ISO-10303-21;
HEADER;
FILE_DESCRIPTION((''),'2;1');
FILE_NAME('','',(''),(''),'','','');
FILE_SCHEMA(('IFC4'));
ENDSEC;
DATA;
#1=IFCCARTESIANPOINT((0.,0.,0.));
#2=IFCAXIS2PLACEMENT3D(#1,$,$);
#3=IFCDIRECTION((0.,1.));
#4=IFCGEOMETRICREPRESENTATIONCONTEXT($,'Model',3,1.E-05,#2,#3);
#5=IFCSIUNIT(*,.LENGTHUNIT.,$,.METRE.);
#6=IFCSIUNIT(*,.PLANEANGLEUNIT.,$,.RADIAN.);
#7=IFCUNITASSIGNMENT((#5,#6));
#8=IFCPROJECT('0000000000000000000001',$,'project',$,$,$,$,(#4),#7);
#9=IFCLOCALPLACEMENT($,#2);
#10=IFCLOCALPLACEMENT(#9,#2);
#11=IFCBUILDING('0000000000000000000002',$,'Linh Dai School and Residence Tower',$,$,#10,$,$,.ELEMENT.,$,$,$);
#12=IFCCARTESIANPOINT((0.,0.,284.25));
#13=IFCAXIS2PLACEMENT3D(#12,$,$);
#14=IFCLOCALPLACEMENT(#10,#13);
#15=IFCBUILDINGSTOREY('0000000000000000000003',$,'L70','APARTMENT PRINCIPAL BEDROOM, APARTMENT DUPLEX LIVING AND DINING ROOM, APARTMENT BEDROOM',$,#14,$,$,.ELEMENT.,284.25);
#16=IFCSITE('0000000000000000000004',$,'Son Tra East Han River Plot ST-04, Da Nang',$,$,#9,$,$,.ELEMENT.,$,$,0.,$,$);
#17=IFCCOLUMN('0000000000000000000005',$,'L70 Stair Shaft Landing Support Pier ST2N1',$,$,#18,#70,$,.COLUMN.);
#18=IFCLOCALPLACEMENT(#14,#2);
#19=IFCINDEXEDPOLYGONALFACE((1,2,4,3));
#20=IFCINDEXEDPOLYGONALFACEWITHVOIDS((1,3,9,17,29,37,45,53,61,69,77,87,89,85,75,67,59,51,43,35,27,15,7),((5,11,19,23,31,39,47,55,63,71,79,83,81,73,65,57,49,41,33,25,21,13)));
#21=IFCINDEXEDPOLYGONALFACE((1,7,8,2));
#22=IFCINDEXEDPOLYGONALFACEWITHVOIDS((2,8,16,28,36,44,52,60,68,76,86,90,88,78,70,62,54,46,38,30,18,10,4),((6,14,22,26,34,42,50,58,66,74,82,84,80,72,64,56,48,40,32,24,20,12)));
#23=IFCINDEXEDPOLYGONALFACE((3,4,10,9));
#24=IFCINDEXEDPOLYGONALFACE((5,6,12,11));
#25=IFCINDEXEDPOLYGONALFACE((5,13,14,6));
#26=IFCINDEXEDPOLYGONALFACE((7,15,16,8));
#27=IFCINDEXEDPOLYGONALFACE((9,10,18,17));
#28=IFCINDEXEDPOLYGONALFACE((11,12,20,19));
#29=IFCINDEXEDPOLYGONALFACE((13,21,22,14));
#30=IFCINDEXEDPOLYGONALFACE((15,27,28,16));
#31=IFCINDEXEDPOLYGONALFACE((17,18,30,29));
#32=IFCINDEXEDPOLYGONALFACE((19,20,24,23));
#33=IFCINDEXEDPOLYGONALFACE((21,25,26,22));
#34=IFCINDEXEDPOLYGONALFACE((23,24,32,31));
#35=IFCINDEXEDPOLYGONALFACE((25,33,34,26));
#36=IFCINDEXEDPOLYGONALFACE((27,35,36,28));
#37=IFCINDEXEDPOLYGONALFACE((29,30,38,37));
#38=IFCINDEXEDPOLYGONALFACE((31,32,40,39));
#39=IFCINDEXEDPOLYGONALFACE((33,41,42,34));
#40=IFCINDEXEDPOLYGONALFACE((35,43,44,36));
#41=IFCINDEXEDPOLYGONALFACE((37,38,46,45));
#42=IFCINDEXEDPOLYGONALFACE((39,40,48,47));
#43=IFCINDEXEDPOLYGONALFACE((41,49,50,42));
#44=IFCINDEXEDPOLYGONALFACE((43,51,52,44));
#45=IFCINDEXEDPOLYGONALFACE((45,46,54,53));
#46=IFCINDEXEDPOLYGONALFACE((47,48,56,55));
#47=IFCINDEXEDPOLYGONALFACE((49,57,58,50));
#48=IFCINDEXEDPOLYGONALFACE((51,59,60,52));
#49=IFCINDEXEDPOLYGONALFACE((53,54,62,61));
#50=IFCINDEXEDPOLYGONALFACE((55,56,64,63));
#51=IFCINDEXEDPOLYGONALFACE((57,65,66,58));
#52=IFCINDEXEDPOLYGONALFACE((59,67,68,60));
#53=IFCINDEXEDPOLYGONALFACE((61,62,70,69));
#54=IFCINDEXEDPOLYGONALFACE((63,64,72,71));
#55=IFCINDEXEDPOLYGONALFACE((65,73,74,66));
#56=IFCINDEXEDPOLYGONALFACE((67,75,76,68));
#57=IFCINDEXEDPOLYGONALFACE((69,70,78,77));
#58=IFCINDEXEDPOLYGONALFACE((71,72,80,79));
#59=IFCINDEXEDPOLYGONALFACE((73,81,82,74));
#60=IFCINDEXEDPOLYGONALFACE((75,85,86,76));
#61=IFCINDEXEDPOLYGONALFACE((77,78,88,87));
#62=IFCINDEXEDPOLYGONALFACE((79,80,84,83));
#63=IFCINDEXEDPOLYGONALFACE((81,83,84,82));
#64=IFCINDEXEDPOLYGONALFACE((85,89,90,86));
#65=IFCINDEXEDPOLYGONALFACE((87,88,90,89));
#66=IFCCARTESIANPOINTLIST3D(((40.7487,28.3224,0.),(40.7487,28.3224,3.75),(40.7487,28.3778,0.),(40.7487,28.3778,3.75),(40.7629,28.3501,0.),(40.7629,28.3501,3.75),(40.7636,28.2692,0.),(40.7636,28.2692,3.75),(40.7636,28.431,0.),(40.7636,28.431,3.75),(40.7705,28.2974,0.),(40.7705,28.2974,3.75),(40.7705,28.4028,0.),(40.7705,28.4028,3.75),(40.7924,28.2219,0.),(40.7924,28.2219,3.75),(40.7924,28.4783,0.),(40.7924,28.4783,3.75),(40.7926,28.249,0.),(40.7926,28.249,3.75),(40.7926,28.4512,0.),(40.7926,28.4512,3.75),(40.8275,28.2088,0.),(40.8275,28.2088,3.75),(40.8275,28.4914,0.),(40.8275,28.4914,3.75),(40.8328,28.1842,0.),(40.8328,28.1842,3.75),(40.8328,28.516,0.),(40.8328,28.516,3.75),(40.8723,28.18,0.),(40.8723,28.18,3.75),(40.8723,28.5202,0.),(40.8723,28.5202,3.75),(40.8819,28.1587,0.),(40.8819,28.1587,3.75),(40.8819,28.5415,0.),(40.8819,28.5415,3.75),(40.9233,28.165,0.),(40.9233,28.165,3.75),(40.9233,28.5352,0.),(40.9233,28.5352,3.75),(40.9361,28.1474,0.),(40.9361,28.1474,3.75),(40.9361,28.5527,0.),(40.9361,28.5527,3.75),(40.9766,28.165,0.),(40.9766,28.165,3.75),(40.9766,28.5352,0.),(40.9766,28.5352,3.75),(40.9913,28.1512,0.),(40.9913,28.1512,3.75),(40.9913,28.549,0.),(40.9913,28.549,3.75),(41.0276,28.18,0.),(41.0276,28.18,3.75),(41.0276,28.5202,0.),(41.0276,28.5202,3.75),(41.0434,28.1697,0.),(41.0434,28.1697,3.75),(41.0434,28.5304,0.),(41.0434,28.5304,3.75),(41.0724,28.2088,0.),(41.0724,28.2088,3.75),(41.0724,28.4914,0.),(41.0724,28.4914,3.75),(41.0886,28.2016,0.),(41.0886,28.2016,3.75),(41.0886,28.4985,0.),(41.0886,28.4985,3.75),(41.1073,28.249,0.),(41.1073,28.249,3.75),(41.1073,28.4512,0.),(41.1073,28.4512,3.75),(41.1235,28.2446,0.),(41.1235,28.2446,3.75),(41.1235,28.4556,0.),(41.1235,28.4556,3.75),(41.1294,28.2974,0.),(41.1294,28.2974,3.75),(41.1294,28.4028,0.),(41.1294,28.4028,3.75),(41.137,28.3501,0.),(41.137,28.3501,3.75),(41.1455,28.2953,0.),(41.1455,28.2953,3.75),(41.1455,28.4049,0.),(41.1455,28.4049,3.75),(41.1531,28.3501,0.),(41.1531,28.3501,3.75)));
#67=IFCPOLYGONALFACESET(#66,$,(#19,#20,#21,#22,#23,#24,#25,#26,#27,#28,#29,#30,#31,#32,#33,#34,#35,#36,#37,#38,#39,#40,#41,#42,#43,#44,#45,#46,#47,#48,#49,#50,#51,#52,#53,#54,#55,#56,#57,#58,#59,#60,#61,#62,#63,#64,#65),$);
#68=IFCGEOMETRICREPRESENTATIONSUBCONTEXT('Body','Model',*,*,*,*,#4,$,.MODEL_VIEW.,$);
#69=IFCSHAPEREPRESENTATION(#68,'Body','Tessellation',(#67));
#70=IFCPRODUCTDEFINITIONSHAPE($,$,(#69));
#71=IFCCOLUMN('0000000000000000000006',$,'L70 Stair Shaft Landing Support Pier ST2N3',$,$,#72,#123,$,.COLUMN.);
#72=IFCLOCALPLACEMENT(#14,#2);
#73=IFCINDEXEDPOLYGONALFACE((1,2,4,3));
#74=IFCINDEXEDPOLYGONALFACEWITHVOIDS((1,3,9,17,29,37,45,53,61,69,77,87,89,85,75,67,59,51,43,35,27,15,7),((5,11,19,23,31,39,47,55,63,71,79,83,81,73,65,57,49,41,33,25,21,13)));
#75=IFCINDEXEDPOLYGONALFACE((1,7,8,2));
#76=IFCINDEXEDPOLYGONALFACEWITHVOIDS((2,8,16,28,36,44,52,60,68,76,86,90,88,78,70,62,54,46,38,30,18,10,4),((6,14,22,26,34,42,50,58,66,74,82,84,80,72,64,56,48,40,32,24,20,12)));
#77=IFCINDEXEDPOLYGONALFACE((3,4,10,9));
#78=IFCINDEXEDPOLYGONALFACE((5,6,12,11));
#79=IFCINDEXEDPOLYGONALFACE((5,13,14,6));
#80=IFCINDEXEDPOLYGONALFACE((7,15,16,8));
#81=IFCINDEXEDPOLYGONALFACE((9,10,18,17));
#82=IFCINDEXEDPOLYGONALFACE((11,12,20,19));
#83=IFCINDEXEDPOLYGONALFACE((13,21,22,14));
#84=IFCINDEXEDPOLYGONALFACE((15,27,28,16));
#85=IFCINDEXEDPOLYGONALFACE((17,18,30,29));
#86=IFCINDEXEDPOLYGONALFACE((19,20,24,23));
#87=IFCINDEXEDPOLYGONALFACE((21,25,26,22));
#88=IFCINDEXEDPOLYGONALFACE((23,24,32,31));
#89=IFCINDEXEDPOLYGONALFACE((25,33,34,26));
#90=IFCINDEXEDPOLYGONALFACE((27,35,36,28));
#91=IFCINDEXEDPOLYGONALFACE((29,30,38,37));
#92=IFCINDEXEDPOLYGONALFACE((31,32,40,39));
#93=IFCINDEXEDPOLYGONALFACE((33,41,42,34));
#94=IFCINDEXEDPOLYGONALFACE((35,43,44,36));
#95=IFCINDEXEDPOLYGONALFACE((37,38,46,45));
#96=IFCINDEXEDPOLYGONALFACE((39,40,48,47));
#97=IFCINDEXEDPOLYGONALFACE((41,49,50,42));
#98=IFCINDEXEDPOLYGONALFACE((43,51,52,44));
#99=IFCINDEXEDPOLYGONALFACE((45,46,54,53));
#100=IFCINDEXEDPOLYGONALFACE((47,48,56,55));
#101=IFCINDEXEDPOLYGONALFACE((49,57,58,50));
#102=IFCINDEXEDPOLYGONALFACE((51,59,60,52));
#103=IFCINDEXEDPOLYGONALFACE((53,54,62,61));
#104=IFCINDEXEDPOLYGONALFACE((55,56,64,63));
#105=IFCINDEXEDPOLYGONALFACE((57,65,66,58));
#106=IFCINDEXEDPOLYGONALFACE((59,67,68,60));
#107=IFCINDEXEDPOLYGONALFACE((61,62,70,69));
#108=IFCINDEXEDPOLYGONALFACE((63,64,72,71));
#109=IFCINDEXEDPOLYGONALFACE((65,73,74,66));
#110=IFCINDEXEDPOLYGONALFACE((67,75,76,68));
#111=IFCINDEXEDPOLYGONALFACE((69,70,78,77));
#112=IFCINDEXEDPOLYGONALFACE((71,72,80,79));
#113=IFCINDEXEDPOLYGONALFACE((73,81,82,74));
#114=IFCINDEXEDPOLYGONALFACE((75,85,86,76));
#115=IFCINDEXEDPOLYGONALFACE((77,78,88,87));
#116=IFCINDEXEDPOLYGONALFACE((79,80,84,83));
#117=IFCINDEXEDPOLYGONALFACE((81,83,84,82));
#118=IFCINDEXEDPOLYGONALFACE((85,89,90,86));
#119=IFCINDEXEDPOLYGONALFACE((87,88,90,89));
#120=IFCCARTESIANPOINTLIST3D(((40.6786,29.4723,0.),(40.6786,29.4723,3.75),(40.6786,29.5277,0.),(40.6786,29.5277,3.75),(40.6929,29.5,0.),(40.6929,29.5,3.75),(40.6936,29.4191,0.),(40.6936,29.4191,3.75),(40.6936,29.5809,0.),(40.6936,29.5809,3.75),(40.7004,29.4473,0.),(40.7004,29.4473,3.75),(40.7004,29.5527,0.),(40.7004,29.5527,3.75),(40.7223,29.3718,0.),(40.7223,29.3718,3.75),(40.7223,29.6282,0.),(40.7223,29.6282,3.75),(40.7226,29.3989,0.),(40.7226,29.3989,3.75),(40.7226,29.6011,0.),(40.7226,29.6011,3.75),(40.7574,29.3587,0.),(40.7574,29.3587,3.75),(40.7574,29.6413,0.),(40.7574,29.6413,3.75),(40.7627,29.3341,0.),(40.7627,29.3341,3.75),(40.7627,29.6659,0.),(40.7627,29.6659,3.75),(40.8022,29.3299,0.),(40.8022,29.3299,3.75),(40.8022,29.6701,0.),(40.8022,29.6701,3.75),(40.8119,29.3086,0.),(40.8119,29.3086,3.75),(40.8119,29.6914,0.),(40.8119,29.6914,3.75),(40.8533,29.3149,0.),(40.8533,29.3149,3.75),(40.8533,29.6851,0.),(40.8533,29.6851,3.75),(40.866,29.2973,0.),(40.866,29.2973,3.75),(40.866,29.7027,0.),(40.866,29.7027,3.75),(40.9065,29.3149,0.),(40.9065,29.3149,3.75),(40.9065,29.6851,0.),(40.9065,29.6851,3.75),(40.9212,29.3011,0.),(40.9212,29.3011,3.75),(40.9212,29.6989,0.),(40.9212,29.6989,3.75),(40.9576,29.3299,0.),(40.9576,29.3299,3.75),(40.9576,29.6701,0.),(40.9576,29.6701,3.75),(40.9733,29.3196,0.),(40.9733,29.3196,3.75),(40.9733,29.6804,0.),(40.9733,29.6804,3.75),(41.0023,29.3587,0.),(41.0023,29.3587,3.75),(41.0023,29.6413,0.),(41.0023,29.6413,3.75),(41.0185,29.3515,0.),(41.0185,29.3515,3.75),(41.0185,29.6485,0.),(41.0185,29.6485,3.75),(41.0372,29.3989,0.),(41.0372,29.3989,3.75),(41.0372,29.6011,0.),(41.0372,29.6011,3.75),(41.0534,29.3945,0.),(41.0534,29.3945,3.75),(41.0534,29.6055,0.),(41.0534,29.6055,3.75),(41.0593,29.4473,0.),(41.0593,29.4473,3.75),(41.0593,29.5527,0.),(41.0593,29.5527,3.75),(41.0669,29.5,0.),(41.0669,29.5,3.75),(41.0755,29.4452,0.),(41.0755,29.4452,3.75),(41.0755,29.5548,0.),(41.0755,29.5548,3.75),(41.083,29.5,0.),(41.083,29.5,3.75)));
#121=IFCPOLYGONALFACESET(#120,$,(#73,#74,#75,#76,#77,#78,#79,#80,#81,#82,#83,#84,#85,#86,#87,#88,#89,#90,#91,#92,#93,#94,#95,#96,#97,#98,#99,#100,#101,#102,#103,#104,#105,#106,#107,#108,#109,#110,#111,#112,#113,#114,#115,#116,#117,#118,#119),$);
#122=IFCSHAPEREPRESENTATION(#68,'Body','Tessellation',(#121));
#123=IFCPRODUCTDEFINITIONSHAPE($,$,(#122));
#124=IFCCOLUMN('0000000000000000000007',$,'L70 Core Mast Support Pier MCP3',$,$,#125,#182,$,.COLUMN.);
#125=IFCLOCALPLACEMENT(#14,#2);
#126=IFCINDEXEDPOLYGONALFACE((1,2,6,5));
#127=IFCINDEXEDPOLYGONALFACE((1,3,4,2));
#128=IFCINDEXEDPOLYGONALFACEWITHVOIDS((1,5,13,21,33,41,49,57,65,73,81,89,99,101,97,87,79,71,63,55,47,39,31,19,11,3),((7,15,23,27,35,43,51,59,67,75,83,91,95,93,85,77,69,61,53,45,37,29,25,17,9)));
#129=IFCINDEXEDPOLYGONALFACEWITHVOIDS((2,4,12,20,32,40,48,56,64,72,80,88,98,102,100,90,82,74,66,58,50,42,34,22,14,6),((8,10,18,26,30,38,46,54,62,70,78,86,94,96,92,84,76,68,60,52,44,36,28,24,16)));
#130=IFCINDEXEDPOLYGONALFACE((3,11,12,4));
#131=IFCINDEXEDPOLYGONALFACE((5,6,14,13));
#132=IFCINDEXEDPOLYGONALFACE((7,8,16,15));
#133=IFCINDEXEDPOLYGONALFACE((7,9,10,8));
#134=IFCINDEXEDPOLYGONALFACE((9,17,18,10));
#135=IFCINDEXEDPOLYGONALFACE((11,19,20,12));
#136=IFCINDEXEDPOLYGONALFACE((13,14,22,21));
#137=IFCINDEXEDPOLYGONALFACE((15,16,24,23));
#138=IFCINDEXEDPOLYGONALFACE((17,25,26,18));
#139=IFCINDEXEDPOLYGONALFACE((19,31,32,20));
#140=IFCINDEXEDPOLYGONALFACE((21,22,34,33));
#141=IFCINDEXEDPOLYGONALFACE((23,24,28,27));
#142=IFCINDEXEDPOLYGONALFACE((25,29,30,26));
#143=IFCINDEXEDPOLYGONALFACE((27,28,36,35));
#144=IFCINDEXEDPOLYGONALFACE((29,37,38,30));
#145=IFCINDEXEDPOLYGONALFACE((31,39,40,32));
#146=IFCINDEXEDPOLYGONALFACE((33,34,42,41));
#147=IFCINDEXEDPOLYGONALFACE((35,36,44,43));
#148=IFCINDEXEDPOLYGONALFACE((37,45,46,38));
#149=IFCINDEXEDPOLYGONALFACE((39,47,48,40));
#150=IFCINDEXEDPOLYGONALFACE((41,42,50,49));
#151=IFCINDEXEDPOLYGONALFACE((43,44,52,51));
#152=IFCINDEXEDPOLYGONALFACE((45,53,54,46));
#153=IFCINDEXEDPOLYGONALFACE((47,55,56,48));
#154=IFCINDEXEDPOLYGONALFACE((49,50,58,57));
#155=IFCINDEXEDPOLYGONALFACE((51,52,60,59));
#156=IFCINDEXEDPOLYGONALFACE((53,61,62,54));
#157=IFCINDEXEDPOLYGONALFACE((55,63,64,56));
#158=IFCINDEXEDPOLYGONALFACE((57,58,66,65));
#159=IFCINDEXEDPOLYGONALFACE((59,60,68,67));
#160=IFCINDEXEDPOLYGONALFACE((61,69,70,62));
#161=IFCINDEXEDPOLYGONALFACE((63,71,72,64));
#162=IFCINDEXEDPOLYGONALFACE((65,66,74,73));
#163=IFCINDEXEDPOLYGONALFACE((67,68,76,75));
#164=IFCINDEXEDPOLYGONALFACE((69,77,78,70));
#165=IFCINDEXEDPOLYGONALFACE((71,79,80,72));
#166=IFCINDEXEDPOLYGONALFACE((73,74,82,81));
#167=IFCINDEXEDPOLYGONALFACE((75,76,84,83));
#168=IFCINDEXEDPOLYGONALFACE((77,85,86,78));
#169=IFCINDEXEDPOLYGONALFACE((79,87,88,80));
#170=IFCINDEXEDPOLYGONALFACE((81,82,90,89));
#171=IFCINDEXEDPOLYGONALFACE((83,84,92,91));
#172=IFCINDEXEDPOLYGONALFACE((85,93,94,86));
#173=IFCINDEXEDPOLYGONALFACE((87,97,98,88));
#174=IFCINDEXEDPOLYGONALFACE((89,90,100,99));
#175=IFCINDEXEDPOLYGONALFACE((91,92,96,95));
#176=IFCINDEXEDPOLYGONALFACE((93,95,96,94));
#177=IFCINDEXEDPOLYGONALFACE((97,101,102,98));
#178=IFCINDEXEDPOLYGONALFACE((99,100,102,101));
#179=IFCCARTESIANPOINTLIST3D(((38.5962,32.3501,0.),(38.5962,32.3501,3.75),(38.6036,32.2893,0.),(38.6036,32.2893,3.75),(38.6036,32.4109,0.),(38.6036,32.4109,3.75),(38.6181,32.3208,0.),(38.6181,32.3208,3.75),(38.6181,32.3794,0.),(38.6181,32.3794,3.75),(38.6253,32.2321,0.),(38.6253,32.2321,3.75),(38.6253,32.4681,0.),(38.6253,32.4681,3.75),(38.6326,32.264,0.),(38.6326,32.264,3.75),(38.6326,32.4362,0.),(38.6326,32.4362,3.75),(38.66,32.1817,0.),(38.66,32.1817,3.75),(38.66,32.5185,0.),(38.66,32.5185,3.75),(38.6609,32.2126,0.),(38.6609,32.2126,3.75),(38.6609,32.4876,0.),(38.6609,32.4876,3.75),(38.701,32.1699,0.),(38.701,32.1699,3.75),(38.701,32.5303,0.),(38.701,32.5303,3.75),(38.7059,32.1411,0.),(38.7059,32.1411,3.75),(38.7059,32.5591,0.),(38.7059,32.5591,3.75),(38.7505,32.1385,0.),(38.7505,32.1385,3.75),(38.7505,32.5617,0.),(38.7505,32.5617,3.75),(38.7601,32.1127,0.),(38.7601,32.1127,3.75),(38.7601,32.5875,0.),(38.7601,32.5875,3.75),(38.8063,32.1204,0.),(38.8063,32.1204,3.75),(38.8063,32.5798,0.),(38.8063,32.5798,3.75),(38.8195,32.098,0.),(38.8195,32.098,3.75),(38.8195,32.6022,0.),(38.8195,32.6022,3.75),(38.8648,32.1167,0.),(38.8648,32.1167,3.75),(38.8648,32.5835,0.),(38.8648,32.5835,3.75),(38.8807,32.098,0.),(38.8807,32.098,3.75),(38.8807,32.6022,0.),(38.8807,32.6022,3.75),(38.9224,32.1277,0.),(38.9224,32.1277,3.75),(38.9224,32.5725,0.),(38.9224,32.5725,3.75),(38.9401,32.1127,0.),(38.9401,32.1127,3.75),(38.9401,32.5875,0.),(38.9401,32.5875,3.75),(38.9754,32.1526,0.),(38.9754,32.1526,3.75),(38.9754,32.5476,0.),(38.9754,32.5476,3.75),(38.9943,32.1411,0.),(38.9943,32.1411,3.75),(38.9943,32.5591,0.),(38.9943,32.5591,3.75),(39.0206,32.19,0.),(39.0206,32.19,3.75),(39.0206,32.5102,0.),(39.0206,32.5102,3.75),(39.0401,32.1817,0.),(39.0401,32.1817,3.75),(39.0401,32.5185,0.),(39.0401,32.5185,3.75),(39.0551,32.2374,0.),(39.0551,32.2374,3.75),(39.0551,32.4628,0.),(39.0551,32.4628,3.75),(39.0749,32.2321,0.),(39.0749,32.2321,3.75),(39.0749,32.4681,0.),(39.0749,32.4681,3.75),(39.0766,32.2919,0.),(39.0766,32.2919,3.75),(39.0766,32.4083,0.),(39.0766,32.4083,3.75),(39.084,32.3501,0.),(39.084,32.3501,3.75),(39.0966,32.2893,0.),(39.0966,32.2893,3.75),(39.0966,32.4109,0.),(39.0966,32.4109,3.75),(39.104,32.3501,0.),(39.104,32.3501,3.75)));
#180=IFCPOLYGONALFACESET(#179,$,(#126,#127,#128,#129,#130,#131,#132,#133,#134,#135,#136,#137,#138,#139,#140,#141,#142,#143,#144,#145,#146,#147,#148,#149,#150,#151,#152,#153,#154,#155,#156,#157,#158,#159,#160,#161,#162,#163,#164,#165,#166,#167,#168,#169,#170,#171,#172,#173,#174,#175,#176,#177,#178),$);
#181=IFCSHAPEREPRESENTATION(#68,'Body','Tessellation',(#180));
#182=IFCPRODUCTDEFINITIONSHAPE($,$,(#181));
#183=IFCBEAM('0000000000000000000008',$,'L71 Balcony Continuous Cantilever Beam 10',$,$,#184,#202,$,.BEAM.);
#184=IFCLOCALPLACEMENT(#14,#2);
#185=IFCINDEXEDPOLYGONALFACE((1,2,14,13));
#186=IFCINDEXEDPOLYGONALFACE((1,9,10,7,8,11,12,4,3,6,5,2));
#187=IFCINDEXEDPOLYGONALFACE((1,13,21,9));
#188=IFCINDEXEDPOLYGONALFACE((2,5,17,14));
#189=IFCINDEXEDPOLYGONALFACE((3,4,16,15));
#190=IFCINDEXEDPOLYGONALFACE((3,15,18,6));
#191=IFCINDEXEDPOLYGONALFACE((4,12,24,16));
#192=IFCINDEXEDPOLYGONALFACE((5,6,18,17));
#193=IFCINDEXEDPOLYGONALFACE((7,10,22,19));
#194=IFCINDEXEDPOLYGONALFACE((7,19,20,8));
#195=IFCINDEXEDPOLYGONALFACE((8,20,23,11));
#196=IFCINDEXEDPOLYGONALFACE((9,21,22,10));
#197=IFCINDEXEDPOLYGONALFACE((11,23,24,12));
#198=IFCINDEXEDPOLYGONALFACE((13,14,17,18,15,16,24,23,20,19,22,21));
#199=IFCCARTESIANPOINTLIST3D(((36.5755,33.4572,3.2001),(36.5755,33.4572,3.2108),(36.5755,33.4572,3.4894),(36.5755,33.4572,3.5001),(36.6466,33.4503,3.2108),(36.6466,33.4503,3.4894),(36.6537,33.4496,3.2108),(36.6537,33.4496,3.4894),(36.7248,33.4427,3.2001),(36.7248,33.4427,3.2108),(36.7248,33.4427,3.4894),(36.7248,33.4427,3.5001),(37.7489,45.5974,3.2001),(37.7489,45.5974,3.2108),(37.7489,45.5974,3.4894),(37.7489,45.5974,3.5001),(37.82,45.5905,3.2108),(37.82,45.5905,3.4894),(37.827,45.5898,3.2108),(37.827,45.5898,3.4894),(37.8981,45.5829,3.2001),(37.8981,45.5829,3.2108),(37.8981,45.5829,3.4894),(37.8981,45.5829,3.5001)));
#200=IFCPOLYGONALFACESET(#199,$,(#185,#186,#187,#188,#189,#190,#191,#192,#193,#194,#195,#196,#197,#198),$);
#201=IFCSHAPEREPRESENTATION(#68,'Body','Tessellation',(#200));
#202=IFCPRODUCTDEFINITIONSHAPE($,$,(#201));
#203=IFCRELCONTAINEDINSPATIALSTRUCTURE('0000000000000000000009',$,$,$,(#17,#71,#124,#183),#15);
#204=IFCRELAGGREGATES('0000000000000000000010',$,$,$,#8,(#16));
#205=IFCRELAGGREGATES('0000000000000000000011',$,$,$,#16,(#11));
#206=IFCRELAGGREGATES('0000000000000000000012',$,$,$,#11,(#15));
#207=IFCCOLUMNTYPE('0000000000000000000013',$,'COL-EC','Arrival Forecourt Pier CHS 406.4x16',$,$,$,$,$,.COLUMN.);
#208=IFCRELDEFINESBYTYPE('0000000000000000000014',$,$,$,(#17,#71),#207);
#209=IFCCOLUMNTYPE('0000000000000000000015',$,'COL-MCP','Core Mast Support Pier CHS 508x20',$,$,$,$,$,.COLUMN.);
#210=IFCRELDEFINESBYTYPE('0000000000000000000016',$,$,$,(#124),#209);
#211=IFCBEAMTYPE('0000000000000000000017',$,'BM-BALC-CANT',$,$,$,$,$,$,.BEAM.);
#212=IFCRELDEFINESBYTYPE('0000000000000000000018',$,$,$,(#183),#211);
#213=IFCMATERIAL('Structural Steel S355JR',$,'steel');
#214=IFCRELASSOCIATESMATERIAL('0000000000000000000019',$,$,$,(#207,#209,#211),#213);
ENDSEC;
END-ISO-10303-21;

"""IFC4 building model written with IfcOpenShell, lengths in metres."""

from ifc_helpers import new_model, si_unit, direction, frame, origin, origin_2d, place, context, subcontext, project, spatial, hollow_circle, i_section, extrude, material, material_profile, profile_set, type_object, element, save


model = new_model("IFC4")

# Units and contexts
model_context = context("Model", 3, precision=1e-05, world=origin(), true_north=direction((0.0, 1.0)))
body_context = subcontext(model_context, "Body", "Model", "MODEL_VIEW")
ifc_project = project(units=[si_unit("LENGTHUNIT", "METRE"), si_unit("PLANEANGLEUNIT", "RADIAN")], contexts=[model_context])

# Site, building, storey
site_placement = place(None, origin())
site = spatial("IfcSite", under=ifc_project, at=site_placement, Name="Son Tra East Han River Plot ST-04, Da Nang", CompositionType="ELEMENT", RefElevation=0.0)
building_placement = place(site_placement, origin())
building = spatial("IfcBuilding", under=site, at=building_placement, Name="Linh Dai School and Residence Tower", CompositionType="ELEMENT")
storey_placement = place(building_placement, frame((0.0, 0.0, 284.25)))
storey = spatial("IfcBuildingStorey", under=building, at=storey_placement, Name="L70", Description="APARTMENT PRINCIPAL BEDROOM, APARTMENT DUPLEX LIVING AND DINING ROOM, APARTMENT BEDROOM", CompositionType="ELEMENT", Elevation=284.25)

# Columns
ifc_material_1 = material(Name="Structural Steel S355JR", Category="steel")
ifc_material_profile_1 = material_profile(ifc_material_1, hollow_circle(Radius=0.2031, WallThickness=0.0161, at=origin_2d()), Name="CHS 406.4x16")
ifc_profile_set_1 = profile_set([ifc_material_profile_1], Name="Structural Steel S355JR")
column_type_1 = type_object("IfcColumnType", Name="COL-EC", Description="Arrival Forecourt Pier CHS 406.4x16", PredefinedType="COLUMN", material=ifc_profile_set_1)
for number, where, z_axis, x_axis, name in (
    (1, (40.95, 28.3501, 0.0), (0.0, 0.0, 1.0), (1.0, 0.0, 0.0), "L70 Stair Shaft Landing Support Pier ST2N1"),
    (2, (40.8799, 29.5, 0.0), (0.0, 0.0, 1.0), (1.0, 0.0, 0.0), "L70 Stair Shaft Landing Support Pier ST2N3"),
):
    element("IfcColumn", number, at=place(storey_placement, frame(where, z_axis=z_axis, x_axis=x_axis)), inside=storey, type_object=column_type_1, Name=name, PredefinedType="COLUMN", context=body_context, shape_type="SweptSolid", body=[
        extrude(hollow_circle(Radius=0.2031, WallThickness=0.0161, at=origin_2d()), origin(), (0.0, 0.0, 1.0), 3.75),
    ])
ifc_material_profile_2 = material_profile(ifc_material_1, hollow_circle(Radius=0.2539, WallThickness=0.02, at=origin_2d()), Name="CHS 508x20")
ifc_profile_set_2 = profile_set([ifc_material_profile_2], Name="Structural Steel S355JR")
column_type_2 = type_object("IfcColumnType", Name="COL-MCP", Description="Core Mast Support Pier CHS 508x20", PredefinedType="COLUMN", material=ifc_profile_set_2)
column_placement = place(storey_placement, frame((38.8501, 32.3501, 0.0), z_axis=(0.0, 0.0, 1.0), x_axis=(1.0, 0.0, 0.0)))
element("IfcColumn", 3, at=column_placement, inside=storey, type_object=column_type_2, Name="L70 Core Mast Support Pier MCP3", PredefinedType="COLUMN", context=body_context, shape_type="SweptSolid", body=[
    extrude(hollow_circle(Radius=0.2539, WallThickness=0.02, at=origin_2d()), origin(), (0.0, 0.0, 1.0), 3.75),
])

# Beam
ifc_material_profile_3 = material_profile(ifc_material_1, i_section(OverallWidth=0.1499, OverallDepth=0.3, WebThickness=0.0071, FlangeThickness=0.0107, at=origin_2d()), Name="IPE 300")
ifc_profile_set_3 = profile_set([ifc_material_profile_3], Name="Structural Steel S355JR")
beam_type_1 = type_object("IfcBeamType", Name="BM-BALC-CANT", PredefinedType="BEAM", material=ifc_profile_set_3)
beam_1_placement = place(storey_placement, frame((36.6501, 33.45, 3.3501), z_axis=(0.096201, 0.995362, 0.0), x_axis=(-0.995362, 0.096201, 0.0)))
element("IfcBeam", 4, at=beam_1_placement, inside=storey, type_object=beam_type_1, Name="L71 Balcony Continuous Cantilever Beam 10", PredefinedType="BEAM", context=body_context, shape_type="SweptSolid", body=[
    extrude(i_section(OverallWidth=0.1499, OverallDepth=0.3, WebThickness=0.0071, FlangeThickness=0.0107, at=origin_2d()), origin(), (0.0, 0.0, 1.0), 12.1968),
])

save(model, "model.ifc")
